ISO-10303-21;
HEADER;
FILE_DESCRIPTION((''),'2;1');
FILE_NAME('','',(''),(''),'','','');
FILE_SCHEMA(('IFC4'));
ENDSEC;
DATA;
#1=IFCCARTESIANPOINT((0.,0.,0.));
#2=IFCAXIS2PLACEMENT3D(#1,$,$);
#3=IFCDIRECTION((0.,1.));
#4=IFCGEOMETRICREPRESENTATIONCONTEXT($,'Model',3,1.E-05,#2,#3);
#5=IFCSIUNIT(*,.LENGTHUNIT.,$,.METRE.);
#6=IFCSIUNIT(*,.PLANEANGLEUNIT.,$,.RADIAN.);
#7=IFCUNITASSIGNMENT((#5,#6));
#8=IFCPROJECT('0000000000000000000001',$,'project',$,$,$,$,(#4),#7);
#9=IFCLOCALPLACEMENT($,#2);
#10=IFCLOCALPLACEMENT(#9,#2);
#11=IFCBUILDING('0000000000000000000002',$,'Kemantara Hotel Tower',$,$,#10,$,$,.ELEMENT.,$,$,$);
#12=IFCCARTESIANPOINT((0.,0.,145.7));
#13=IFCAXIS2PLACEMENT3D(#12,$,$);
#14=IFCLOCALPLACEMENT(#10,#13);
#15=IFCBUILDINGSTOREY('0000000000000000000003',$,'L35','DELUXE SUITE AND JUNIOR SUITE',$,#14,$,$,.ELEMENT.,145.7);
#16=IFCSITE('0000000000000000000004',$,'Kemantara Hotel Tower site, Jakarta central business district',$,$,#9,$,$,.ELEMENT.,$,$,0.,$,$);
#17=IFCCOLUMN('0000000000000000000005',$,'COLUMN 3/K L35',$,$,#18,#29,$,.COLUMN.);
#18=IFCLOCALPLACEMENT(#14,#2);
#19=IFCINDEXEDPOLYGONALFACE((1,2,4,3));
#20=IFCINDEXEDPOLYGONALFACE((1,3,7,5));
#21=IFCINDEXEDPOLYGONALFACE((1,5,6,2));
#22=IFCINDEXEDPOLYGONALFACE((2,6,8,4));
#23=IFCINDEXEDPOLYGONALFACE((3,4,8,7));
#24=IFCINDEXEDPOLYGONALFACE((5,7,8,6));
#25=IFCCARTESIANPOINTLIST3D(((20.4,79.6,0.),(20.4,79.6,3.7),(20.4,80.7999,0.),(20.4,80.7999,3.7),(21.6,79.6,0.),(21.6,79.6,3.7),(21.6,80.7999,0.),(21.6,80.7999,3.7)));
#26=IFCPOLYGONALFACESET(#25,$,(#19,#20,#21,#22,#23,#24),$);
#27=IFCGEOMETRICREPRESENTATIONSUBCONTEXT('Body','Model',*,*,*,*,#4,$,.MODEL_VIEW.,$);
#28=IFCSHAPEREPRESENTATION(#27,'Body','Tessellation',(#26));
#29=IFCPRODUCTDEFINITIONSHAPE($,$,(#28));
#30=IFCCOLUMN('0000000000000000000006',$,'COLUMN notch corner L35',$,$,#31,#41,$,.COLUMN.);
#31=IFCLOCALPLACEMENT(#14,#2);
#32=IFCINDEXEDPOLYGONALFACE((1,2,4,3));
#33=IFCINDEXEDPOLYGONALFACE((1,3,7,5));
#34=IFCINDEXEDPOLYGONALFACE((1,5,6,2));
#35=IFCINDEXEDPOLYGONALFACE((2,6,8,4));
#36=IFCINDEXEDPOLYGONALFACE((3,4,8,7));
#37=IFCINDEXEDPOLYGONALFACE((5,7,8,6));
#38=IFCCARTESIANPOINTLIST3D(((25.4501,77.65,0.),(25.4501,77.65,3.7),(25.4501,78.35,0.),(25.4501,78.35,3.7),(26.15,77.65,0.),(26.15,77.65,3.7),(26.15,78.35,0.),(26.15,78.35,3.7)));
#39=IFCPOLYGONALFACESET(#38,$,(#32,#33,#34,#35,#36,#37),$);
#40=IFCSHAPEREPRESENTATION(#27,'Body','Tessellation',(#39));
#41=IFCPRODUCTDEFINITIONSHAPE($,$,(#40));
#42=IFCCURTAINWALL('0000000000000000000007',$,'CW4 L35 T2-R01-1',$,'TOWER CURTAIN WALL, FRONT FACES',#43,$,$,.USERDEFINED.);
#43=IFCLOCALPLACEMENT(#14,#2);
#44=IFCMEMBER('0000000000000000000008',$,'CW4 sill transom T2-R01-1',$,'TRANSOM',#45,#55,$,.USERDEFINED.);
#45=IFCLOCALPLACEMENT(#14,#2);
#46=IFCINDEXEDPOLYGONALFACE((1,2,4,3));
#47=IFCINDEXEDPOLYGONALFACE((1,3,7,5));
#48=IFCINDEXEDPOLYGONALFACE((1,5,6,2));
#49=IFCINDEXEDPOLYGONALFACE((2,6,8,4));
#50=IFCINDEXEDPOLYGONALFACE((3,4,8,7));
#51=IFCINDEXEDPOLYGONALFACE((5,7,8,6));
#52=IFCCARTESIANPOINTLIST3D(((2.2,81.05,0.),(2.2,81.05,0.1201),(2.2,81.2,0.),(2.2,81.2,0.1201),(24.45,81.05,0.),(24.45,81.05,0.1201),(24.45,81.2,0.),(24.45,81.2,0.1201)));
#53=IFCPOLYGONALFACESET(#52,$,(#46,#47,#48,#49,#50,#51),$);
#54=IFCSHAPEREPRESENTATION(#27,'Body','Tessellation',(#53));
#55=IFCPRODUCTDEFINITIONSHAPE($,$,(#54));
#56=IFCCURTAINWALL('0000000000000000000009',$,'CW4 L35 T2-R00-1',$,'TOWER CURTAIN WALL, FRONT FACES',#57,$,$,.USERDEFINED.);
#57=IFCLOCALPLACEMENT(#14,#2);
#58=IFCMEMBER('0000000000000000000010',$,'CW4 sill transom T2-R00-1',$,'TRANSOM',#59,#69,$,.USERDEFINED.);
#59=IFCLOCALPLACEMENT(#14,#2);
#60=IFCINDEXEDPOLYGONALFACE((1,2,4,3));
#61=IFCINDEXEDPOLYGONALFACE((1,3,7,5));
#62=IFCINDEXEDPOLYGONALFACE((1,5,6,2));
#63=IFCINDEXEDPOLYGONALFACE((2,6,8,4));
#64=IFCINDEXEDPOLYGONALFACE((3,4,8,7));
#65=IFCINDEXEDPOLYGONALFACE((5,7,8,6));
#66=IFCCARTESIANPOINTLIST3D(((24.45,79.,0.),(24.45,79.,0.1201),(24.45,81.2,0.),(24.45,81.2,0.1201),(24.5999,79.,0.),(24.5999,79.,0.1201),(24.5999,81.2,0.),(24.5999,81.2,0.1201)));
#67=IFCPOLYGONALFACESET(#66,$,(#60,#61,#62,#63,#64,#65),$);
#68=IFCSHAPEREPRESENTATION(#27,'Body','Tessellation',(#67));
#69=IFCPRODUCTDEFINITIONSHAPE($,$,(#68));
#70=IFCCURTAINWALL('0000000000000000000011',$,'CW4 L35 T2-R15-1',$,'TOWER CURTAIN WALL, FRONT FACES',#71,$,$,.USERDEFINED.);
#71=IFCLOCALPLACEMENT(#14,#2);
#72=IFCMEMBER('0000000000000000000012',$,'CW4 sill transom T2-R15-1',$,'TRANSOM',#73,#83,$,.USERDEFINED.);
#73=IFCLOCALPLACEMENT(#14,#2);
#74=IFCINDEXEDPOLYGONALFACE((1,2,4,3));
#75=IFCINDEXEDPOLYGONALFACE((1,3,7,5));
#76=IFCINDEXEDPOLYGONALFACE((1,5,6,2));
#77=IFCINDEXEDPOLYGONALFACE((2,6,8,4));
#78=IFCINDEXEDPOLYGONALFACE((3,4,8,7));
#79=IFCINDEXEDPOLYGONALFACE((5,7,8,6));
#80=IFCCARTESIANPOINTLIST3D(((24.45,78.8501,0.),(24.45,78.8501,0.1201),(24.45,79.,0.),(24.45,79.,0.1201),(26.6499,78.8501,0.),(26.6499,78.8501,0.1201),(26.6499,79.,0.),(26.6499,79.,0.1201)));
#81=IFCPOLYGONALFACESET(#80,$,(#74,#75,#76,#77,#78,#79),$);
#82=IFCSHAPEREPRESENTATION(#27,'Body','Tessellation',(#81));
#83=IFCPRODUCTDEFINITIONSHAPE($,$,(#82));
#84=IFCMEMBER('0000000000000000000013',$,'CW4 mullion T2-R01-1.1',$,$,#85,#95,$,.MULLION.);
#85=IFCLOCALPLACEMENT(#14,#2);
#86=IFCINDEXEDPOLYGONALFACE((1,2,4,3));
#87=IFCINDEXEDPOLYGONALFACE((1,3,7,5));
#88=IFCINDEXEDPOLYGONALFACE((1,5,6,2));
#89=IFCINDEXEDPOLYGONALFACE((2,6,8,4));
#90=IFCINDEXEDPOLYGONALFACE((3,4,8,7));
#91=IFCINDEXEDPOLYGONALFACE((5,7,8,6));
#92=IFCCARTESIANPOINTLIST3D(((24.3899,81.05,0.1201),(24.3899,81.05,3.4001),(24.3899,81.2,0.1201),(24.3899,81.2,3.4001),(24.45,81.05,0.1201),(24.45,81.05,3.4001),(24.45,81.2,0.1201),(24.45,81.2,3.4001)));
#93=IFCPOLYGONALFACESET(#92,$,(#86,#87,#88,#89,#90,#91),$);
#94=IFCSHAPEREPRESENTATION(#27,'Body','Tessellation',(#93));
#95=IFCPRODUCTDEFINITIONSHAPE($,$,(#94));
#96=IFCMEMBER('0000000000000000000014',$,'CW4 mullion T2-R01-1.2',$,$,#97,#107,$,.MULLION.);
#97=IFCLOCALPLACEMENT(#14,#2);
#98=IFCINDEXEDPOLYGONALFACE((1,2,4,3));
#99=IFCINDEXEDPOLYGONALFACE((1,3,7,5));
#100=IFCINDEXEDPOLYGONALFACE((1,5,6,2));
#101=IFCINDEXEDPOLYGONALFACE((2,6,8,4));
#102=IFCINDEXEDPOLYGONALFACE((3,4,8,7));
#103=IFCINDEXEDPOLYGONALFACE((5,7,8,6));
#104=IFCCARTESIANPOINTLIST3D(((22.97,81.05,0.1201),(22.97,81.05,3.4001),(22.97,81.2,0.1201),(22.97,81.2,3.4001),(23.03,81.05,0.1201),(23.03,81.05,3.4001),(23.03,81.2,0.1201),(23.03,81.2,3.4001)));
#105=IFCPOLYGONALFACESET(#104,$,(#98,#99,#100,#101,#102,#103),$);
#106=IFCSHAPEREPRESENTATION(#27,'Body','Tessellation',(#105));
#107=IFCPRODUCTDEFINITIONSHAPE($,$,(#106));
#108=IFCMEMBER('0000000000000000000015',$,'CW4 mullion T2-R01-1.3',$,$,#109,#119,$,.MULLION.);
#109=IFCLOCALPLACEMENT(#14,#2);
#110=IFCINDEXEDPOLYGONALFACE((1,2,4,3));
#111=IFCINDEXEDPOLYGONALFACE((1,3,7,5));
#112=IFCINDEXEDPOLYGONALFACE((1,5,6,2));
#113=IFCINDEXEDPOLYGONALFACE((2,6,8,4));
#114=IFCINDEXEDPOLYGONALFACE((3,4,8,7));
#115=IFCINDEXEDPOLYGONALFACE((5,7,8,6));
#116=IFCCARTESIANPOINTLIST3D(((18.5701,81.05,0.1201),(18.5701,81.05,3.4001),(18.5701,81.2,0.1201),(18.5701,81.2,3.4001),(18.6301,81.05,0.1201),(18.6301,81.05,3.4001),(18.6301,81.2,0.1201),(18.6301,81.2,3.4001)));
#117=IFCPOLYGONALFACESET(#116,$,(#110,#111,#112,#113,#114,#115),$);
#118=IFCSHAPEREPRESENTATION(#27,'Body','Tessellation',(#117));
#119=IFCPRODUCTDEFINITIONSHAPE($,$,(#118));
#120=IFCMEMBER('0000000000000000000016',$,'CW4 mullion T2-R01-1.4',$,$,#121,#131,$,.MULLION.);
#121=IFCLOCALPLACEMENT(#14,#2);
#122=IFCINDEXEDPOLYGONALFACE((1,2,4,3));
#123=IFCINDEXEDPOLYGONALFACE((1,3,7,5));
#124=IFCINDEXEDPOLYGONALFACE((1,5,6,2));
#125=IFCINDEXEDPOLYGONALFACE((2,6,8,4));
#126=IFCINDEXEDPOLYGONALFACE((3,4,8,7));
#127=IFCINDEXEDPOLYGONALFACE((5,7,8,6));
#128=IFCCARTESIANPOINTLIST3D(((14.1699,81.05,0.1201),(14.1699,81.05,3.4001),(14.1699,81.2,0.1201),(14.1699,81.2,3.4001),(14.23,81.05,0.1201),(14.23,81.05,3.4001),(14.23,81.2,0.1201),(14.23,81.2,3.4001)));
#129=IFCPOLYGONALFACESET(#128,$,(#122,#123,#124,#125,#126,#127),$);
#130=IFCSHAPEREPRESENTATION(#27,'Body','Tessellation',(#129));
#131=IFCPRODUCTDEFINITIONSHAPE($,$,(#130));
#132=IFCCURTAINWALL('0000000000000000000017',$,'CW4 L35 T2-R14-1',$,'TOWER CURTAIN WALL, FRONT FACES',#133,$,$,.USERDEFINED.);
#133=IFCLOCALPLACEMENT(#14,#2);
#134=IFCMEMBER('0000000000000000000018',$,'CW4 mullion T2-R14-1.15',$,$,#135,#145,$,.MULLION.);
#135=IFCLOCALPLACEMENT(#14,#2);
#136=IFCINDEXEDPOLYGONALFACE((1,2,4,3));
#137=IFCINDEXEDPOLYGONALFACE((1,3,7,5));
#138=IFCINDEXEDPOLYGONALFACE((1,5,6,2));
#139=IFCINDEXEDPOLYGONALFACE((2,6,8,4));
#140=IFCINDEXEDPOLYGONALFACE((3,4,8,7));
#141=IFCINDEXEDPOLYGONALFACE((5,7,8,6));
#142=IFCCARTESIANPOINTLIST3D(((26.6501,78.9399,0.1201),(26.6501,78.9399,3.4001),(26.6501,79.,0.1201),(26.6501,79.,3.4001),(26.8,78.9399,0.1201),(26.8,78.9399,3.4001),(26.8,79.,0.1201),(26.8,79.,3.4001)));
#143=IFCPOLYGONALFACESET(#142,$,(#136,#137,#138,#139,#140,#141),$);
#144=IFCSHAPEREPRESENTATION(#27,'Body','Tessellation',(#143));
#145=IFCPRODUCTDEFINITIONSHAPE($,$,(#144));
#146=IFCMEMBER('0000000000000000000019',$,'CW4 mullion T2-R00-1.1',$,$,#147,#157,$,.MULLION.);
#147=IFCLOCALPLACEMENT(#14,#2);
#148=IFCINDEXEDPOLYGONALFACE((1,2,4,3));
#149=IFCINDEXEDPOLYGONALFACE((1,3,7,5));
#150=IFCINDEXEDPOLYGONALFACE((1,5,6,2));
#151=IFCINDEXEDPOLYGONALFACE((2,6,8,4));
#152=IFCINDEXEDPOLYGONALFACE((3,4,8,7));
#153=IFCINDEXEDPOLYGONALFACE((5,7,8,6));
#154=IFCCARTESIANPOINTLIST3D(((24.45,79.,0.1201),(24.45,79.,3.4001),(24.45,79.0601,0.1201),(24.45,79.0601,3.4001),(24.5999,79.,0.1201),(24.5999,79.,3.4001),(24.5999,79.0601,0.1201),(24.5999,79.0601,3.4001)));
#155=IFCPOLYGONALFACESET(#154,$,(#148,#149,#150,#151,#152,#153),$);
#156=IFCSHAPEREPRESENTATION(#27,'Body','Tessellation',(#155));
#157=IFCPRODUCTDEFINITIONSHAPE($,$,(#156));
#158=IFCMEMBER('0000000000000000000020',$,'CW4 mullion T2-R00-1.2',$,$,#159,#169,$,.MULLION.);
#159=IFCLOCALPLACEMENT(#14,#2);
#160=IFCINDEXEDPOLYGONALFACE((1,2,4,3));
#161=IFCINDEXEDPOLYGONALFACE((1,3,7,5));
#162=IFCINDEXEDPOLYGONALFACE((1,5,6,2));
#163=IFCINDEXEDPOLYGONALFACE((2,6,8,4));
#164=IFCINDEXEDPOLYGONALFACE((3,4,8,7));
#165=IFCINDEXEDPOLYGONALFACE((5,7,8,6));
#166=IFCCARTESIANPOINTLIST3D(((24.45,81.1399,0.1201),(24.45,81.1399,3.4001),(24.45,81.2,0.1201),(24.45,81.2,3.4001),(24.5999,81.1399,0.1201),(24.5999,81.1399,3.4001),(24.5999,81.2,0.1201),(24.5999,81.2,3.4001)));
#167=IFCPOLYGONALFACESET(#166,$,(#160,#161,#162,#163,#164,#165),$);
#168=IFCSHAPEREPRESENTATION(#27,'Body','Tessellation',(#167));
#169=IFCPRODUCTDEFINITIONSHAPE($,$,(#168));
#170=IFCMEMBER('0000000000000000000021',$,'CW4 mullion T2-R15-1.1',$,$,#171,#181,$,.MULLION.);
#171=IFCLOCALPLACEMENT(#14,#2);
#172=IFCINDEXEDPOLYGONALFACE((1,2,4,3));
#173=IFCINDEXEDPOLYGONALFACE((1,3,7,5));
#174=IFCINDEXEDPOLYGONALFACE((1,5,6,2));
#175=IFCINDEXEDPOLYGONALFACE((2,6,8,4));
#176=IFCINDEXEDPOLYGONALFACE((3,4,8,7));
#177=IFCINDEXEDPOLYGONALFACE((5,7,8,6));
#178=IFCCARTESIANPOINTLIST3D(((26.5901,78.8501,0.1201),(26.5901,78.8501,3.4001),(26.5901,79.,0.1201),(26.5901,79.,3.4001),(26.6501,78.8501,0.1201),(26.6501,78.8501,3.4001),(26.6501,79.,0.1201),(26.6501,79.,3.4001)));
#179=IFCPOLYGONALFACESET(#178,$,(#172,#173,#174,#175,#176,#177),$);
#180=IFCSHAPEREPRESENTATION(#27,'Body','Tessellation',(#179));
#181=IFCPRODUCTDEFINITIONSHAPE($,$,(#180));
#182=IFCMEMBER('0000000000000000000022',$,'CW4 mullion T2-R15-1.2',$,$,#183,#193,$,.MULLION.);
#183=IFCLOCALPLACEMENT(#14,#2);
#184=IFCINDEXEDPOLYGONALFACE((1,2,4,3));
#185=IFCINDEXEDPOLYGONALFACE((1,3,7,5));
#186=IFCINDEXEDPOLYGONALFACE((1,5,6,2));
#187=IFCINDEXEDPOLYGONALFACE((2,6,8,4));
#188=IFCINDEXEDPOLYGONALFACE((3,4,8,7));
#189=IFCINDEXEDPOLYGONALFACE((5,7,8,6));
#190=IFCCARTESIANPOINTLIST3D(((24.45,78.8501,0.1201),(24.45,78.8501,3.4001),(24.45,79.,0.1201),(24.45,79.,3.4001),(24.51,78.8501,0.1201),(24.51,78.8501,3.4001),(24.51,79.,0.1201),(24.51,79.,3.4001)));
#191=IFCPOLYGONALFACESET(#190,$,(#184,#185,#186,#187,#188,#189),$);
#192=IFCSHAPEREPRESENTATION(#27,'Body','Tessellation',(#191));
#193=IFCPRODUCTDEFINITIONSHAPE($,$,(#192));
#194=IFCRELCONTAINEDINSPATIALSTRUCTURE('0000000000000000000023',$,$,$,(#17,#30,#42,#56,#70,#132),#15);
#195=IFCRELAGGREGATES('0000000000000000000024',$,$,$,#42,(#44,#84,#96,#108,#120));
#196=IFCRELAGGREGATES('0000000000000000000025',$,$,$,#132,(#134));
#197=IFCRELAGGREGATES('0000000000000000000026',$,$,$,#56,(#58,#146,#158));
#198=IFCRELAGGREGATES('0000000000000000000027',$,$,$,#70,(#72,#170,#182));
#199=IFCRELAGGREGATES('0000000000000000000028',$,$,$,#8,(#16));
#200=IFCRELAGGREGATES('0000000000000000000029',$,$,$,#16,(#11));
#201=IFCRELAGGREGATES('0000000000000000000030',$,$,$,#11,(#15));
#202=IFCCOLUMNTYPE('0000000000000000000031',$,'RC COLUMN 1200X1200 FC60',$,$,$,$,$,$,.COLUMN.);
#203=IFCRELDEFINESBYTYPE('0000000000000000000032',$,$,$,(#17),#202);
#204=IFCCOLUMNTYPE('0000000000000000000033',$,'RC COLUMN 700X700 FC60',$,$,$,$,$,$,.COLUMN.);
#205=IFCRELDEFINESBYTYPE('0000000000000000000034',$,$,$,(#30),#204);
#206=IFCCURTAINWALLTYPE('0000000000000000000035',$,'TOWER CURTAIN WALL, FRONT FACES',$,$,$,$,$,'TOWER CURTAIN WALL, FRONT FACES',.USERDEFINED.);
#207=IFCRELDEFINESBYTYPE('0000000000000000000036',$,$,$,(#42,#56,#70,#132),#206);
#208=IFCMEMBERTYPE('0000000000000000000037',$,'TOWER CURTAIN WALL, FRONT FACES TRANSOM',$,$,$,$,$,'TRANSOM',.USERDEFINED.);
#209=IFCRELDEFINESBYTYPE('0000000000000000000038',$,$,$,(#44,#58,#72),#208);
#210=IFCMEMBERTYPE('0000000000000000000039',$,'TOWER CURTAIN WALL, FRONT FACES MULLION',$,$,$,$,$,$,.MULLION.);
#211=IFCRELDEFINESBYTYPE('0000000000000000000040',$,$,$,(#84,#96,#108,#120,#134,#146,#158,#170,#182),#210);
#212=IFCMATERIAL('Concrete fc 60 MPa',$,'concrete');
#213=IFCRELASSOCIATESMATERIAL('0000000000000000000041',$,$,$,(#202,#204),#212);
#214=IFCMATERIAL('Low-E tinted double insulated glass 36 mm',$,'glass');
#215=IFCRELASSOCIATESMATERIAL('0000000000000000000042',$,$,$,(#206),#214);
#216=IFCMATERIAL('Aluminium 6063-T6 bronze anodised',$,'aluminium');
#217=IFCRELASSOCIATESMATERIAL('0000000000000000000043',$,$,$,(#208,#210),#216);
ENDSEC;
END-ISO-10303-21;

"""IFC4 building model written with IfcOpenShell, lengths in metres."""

from ifc_helpers import new_model, si_unit, direction, frame, origin, origin_2d, place, context, subcontext, project, spatial, rectangle, extrude, source, transform, mapped, material, material_profile, profile_set, type_object, element, aggregate, save


model = new_model("IFC4")

# Units and contexts
model_context = context("Model", 3, precision=1e-05, world=origin(), true_north=direction((0.0, 1.0)))
body_context = subcontext(model_context, "Body", "Model", "MODEL_VIEW")
ifc_project = project(units=[si_unit("LENGTHUNIT", "METRE"), si_unit("PLANEANGLEUNIT", "RADIAN")], contexts=[model_context])

# Site, building, storey
site_placement = place(None, origin())
site = spatial("IfcSite", under=ifc_project, at=site_placement, Name="Kemantara Hotel Tower site, Jakarta central business district", CompositionType="ELEMENT", RefElevation=0.0)
building_placement = place(site_placement, origin())
building = spatial("IfcBuilding", under=site, at=building_placement, Name="Kemantara Hotel Tower", CompositionType="ELEMENT")
storey_placement = place(building_placement, frame((0.0, 0.0, 145.7)))
storey = spatial("IfcBuildingStorey", under=building, at=storey_placement, Name="L35", Description="DELUXE SUITE AND JUNIOR SUITE", CompositionType="ELEMENT", Elevation=145.7)

# Columns
ifc_material_1 = material(Name="Concrete fc 60 MPa", Category="concrete")
ifc_material_profile_1 = material_profile(ifc_material_1, rectangle(XDim=1.2, YDim=1.2, at=origin_2d()), Name="RC 1200X1200")
ifc_profile_set_1 = profile_set([ifc_material_profile_1], Name="Concrete fc 60 MPa")
column_type_1 = type_object("IfcColumnType", Name="RC COLUMN 1200X1200 FC60", PredefinedType="COLUMN", material=ifc_profile_set_1)
column_1_placement = place(storey_placement, frame((21.0, 80.2, 0.0), z_axis=(0.0, 0.0, 1.0), x_axis=(1.0, 0.0, 0.0)))
element("IfcColumn", 1, at=column_1_placement, inside=storey, type_object=column_type_1, Name="COLUMN 3/K L35", PredefinedType="COLUMN", context=body_context, shape_type="SweptSolid", body=[
    extrude(rectangle(XDim=1.2, YDim=1.2, at=origin_2d()), origin(), (0.0, 0.0, 1.0), 3.7),
])
ifc_material_profile_2 = material_profile(ifc_material_1, rectangle(XDim=0.7, YDim=0.7, at=origin_2d()), Name="RC 700X700")
ifc_profile_set_2 = profile_set([ifc_material_profile_2], Name="Concrete fc 60 MPa")
column_type_2 = type_object("IfcColumnType", Name="RC COLUMN 700X700 FC60", PredefinedType="COLUMN", material=ifc_profile_set_2)
column_2_placement = place(storey_placement, frame((25.8, 78.0, 0.0), z_axis=(0.0, 0.0, 1.0), x_axis=(1.0, 0.0, 0.0)))
element("IfcColumn", 2, at=column_2_placement, inside=storey, type_object=column_type_2, Name="COLUMN notch corner L35", PredefinedType="COLUMN", context=body_context, shape_type="SweptSolid", body=[
    extrude(rectangle(XDim=0.7, YDim=0.7, at=origin_2d()), origin(), (0.0, 0.0, 1.0), 3.7),
])

# Curtain walls, members
ifc_material_2 = material(Name="Low-E tinted double insulated glass 36 mm", Category="glass")
curtain_wall_type = type_object("IfcCurtainWallType", Name="TOWER CURTAIN WALL, FRONT FACES", ElementType="TOWER CURTAIN WALL, FRONT FACES", PredefinedType="USERDEFINED", material=ifc_material_2)
curtain_wall_1_placement = place(storey_placement, origin())
curtain_wall_1 = element("IfcCurtainWall", 3, at=curtain_wall_1_placement, inside=storey, type_object=curtain_wall_type, Name="CW4 L35 T2-R01-1", ObjectType="TOWER CURTAIN WALL, FRONT FACES", PredefinedType="USERDEFINED")
ifc_material_3 = material(Name="Aluminium 6063-T6 bronze anodised", Category="aluminium")
ifc_material_profile_3 = material_profile(ifc_material_3, rectangle(XDim=0.1499, YDim=0.1201, at=origin_2d()), Name="TOWER CURTAIN WALL, FRONT FACES TRANSOM")
ifc_profile_set_3 = profile_set([ifc_material_profile_3], Name="Aluminium 6063-T6 bronze anodised")
member_type_1 = type_object("IfcMemberType", Name="TOWER CURTAIN WALL, FRONT FACES TRANSOM", ElementType="TRANSOM", PredefinedType="USERDEFINED", material=ifc_profile_set_3)
member_1_placement = place(storey_placement, frame((24.45, 81.125, 0.0601), z_axis=(-1.0, 0.0, 0.0), x_axis=(0.0, -1.0, 0.0)))
member_1 = element("IfcMember", 4, at=member_1_placement, type_object=member_type_1, Name="CW4 sill transom T2-R01-1", ObjectType="TRANSOM", PredefinedType="USERDEFINED", context=body_context, shape_type="SweptSolid", body=[
    extrude(rectangle(XDim=0.1499, YDim=0.1201, at=origin_2d()), origin(), (0.0, 0.0, 1.0), 22.25),
])
curtain_wall_2_placement = place(storey_placement, origin())
curtain_wall_2 = element("IfcCurtainWall", 5, at=curtain_wall_2_placement, inside=storey, type_object=curtain_wall_type, Name="CW4 L35 T2-R00-1", ObjectType="TOWER CURTAIN WALL, FRONT FACES", PredefinedType="USERDEFINED")
member_2_placement = place(storey_placement, frame((24.5249, 79.0, 0.0601), z_axis=(0.0, 1.0, 0.0), x_axis=(-1.0, 0.0, 0.0)))
member_2 = element("IfcMember", 6, at=member_2_placement, type_object=member_type_1, Name="CW4 sill transom T2-R00-1", ObjectType="TRANSOM", PredefinedType="USERDEFINED", context=body_context, shape_type="SweptSolid", body=[
    extrude(rectangle(XDim=0.1499, YDim=0.1201, at=origin_2d()), origin(), (0.0, 0.0, 1.0), 2.2),
])
curtain_wall_3_placement = place(storey_placement, origin())
curtain_wall_3 = element("IfcCurtainWall", 7, at=curtain_wall_3_placement, inside=storey, type_object=curtain_wall_type, Name="CW4 L35 T2-R15-1", ObjectType="TOWER CURTAIN WALL, FRONT FACES", PredefinedType="USERDEFINED")
member_3_placement = place(storey_placement, frame((26.6499, 78.925, 0.0601), z_axis=(-1.0, 0.0, 0.0), x_axis=(0.0, -1.0, 0.0)))
member_3 = element("IfcMember", 8, at=member_3_placement, type_object=member_type_1, Name="CW4 sill transom T2-R15-1", ObjectType="TRANSOM", PredefinedType="USERDEFINED", context=body_context, shape_type="SweptSolid", body=[
    extrude(rectangle(XDim=0.1499, YDim=0.1201, at=origin_2d()), origin(), (0.0, 0.0, 1.0), 2.2),
])

# Members
ifc_material_profile_4 = material_profile(ifc_material_3, rectangle(XDim=0.1499, YDim=0.0601, at=origin_2d()), Name="TOWER CURTAIN WALL, FRONT FACES MULLION")
ifc_profile_set_4 = profile_set([ifc_material_profile_4], Name="Aluminium 6063-T6 bronze anodised")
member_type_2 = type_object("IfcMemberType", Name="TOWER CURTAIN WALL, FRONT FACES MULLION", PredefinedType="MULLION", material=ifc_profile_set_4)
shared_shape_1 = source(origin(), body_context, "Body", "SweptSolid", [
    extrude(rectangle(XDim=0.1499, YDim=0.0601, at=origin_2d()), origin(), (0.0, 0.0, 1.0), 3.28),
])
member_4_placement = place(storey_placement, frame((24.4199, 81.125, 0.1201), z_axis=(0.0, 0.0, 1.0), x_axis=(0.0, -1.0, 0.0)))
member_4 = element("IfcMember", 9, at=member_4_placement, type_object=member_type_2, Name="CW4 mullion T2-R01-1.1", PredefinedType="MULLION", context=body_context, shape_type="MappedRepresentation", body=[
    mapped(shared_shape_1, transform((0.0, 0.0, 0.0))),
])
member_5_placement = place(storey_placement, frame((23.0, 81.125, 0.1201), z_axis=(0.0, 0.0, 1.0), x_axis=(0.0, -1.0, 0.0)))
member_5 = element("IfcMember", 10, at=member_5_placement, type_object=member_type_2, Name="CW4 mullion T2-R01-1.2", PredefinedType="MULLION", context=body_context, shape_type="MappedRepresentation", body=[
    mapped(shared_shape_1, transform((0.0, 0.0, 0.0))),
])
member_6_placement = place(storey_placement, frame((18.6001, 81.125, 0.1201), z_axis=(0.0, 0.0, 1.0), x_axis=(0.0, -1.0, 0.0)))
member_6 = element("IfcMember", 11, at=member_6_placement, type_object=member_type_2, Name="CW4 mullion T2-R01-1.3", PredefinedType="MULLION", context=body_context, shape_type="MappedRepresentation", body=[
    mapped(shared_shape_1, transform((0.0, 0.0, 0.0))),
])
member_7_placement = place(storey_placement, frame((14.2, 81.125, 0.1201), z_axis=(0.0, 0.0, 1.0), x_axis=(0.0, -1.0, 0.0)))
member_7 = element("IfcMember", 12, at=member_7_placement, type_object=member_type_2, Name="CW4 mullion T2-R01-1.4", PredefinedType="MULLION", context=body_context, shape_type="MappedRepresentation", body=[
    mapped(shared_shape_1, transform((0.0, 0.0, 0.0))),
])

# Curtain wall, member
curtain_wall_4_placement = place(storey_placement, origin())
curtain_wall_4 = element("IfcCurtainWall", 13, at=curtain_wall_4_placement, inside=storey, type_object=curtain_wall_type, Name="CW4 L35 T2-R14-1", ObjectType="TOWER CURTAIN WALL, FRONT FACES", PredefinedType="USERDEFINED")
member_8_placement = place(storey_placement, frame((26.7251, 78.97, 0.1201), z_axis=(0.0, 0.0, 1.0), x_axis=(-1.0, 0.0, 0.0)))
member_8 = element("IfcMember", 14, at=member_8_placement, type_object=member_type_2, Name="CW4 mullion T2-R14-1.15", PredefinedType="MULLION", context=body_context, shape_type="MappedRepresentation", body=[
    mapped(shared_shape_1, transform((0.0, 0.0, 0.0))),
])

# Members
member_9_placement = place(storey_placement, frame((24.5249, 79.03, 0.1201), z_axis=(0.0, 0.0, 1.0), x_axis=(-1.0, 0.0, 0.0)))
member_9 = element("IfcMember", 15, at=member_9_placement, type_object=member_type_2, Name="CW4 mullion T2-R00-1.1", PredefinedType="MULLION", context=body_context, shape_type="MappedRepresentation", body=[
    mapped(shared_shape_1, transform((0.0, 0.0, 0.0))),
])
member_10_placement = place(storey_placement, frame((24.5249, 81.1699, 0.1201), z_axis=(0.0, 0.0, 1.0), x_axis=(-1.0, 0.0, 0.0)))
member_10 = element("IfcMember", 16, at=member_10_placement, type_object=member_type_2, Name="CW4 mullion T2-R00-1.2", PredefinedType="MULLION", context=body_context, shape_type="MappedRepresentation", body=[
    mapped(shared_shape_1, transform((0.0, 0.0, 0.0))),
])
member_11_placement = place(storey_placement, frame((26.6201, 78.925, 0.1201), z_axis=(0.0, 0.0, 1.0), x_axis=(0.0, -1.0, 0.0)))
member_11 = element("IfcMember", 17, at=member_11_placement, type_object=member_type_2, Name="CW4 mullion T2-R15-1.1", PredefinedType="MULLION", context=body_context, shape_type="MappedRepresentation", body=[
    mapped(shared_shape_1, transform((0.0, 0.0, 0.0))),
])
member_12_placement = place(storey_placement, frame((24.48, 78.925, 0.1201), z_axis=(0.0, 0.0, 1.0), x_axis=(0.0, -1.0, 0.0)))
member_12 = element("IfcMember", 18, at=member_12_placement, type_object=member_type_2, Name="CW4 mullion T2-R15-1.2", PredefinedType="MULLION", context=body_context, shape_type="MappedRepresentation", body=[
    mapped(shared_shape_1, transform((0.0, 0.0, 0.0))),
])

aggregate(curtain_wall_1, [member_1, member_4, member_5, member_6, member_7])
aggregate(curtain_wall_4, [member_8])
aggregate(curtain_wall_2, [member_2, member_9, member_10])
aggregate(curtain_wall_3, [member_3, member_11, member_12])

save(model, "model.ifc")
